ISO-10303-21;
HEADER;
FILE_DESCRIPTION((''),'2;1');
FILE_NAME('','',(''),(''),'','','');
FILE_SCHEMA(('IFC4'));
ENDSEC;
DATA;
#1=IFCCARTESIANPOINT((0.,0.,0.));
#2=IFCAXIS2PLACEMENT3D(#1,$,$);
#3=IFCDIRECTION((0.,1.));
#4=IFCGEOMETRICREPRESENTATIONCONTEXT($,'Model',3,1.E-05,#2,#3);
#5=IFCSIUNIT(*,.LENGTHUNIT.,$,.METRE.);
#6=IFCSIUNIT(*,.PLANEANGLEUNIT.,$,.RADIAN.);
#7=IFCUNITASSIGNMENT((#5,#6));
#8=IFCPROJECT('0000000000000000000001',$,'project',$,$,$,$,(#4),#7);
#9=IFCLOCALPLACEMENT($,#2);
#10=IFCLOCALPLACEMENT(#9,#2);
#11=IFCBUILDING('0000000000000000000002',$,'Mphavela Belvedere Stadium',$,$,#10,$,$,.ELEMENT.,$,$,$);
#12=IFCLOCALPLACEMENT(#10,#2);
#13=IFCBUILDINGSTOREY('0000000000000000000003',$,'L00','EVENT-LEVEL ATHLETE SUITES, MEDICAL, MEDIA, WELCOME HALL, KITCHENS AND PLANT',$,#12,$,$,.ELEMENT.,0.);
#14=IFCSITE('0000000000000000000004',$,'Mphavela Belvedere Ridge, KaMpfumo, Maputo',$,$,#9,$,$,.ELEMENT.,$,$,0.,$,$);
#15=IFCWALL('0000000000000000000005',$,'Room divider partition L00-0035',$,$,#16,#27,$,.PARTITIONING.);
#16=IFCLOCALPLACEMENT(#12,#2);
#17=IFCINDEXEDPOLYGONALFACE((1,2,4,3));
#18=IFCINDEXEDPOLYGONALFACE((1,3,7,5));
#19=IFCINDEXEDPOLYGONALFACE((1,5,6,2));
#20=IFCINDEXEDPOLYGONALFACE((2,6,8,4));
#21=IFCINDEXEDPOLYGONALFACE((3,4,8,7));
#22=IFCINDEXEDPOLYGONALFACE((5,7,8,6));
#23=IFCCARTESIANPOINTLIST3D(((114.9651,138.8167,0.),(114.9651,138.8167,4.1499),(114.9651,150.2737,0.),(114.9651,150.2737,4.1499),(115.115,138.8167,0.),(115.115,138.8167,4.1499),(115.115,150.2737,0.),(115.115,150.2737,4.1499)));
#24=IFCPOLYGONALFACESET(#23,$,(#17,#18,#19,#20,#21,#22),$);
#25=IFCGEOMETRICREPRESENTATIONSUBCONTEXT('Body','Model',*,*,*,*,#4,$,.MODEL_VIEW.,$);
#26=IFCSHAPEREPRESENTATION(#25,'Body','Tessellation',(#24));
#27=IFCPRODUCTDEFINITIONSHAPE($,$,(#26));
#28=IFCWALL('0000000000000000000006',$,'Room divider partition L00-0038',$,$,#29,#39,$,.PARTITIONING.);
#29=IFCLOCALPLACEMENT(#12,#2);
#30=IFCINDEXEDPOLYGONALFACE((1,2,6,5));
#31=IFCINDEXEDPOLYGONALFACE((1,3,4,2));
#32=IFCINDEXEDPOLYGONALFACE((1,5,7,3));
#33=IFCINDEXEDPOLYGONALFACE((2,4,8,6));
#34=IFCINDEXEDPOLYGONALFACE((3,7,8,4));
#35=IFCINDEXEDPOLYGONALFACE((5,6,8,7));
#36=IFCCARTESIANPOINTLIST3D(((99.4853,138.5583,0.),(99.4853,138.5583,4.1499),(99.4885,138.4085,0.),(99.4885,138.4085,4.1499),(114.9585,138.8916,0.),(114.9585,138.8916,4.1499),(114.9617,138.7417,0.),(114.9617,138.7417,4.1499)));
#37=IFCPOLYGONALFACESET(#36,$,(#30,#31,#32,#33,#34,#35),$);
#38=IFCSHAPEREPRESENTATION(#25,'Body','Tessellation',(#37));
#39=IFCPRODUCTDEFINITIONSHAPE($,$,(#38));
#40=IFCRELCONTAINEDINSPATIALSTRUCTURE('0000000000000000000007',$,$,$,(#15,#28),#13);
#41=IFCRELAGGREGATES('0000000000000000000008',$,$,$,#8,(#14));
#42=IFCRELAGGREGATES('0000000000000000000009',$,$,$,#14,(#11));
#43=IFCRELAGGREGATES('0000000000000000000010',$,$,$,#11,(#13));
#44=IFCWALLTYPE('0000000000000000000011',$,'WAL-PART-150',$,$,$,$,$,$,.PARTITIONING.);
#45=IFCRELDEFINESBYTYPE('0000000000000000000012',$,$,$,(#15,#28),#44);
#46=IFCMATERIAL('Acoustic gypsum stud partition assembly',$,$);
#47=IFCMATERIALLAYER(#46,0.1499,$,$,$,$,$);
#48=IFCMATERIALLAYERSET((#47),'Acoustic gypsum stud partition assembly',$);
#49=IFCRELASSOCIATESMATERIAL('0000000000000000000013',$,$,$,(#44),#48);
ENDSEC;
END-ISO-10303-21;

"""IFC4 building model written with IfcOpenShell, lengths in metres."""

from ifc_helpers import new_model, si_unit, direction, frame, frame_2d, origin, place, context, subcontext, project, spatial, rectangle, extrude, material, layer, layer_set, type_object, element, save


model = new_model("IFC4")

# Units and contexts
model_context = context("Model", 3, precision=1e-05, world=origin(), true_north=direction((0.0, 1.0)))
body_context = subcontext(model_context, "Body", "Model", "MODEL_VIEW")
ifc_project = project(units=[si_unit("LENGTHUNIT", "METRE"), si_unit("PLANEANGLEUNIT", "RADIAN")], contexts=[model_context])

# Site, building, storey
site_placement = place(None, origin())
site = spatial("IfcSite", under=ifc_project, at=site_placement, Name="Mphavela Belvedere Ridge, KaMpfumo, Maputo", CompositionType="ELEMENT", RefElevation=0.0)
building_placement = place(site_placement, origin())
building = spatial("IfcBuilding", under=site, at=building_placement, Name="Mphavela Belvedere Stadium", CompositionType="ELEMENT")
storey_placement = place(building_placement, origin())
storey = spatial("IfcBuildingStorey", under=building, at=storey_placement, Name="L00", Description="EVENT-LEVEL ATHLETE SUITES, MEDICAL, MEDIA, WELCOME HALL, KITCHENS AND PLANT", CompositionType="ELEMENT", Elevation=0.0)

# Shared definitions
ifc_material_1 = material(Name="Acoustic gypsum stud partition assembly")
ifc_layer = layer(ifc_material_1, 0.1499)
ifc_layer_set = layer_set([ifc_layer], Name="Acoustic gypsum stud partition assembly")
wall_type = type_object("IfcWallType", Name="WAL-PART-150", PredefinedType="PARTITIONING", material=ifc_layer_set)

# Walls
wall_1_placement = place(storey_placement, frame((115.04, 138.8167, 0.0), z_axis=(0.0, 0.0, 1.0), x_axis=(0.0, 1.0, 0.0)))
element("IfcWall", 1, at=wall_1_placement, inside=storey, type_object=wall_type, Name="Room divider partition L00-0035", PredefinedType="PARTITIONING", context=body_context, shape_type="SweptSolid", body=[
    extrude(rectangle(XDim=11.457, YDim=0.1499, at=frame_2d((5.7285, 0.0))), origin(), (0.0, 0.0, 1.0), 4.1499),
])
wall_2_placement = place(storey_placement, frame((114.96, 138.8167, 0.0), z_axis=(0.0, 0.0, 1.0), x_axis=(-0.999768, -0.021532, 0.0)))
element("IfcWall", 2, at=wall_2_placement, inside=storey, type_object=wall_type, Name="Room divider partition L00-0038", PredefinedType="PARTITIONING", context=body_context, shape_type="SweptSolid", body=[
    extrude(rectangle(XDim=15.4768, YDim=0.1499, at=frame_2d((7.7383, 0.0))), origin(), (0.0, 0.0, 1.0), 4.1499),
])

save(model, "model.ifc")
